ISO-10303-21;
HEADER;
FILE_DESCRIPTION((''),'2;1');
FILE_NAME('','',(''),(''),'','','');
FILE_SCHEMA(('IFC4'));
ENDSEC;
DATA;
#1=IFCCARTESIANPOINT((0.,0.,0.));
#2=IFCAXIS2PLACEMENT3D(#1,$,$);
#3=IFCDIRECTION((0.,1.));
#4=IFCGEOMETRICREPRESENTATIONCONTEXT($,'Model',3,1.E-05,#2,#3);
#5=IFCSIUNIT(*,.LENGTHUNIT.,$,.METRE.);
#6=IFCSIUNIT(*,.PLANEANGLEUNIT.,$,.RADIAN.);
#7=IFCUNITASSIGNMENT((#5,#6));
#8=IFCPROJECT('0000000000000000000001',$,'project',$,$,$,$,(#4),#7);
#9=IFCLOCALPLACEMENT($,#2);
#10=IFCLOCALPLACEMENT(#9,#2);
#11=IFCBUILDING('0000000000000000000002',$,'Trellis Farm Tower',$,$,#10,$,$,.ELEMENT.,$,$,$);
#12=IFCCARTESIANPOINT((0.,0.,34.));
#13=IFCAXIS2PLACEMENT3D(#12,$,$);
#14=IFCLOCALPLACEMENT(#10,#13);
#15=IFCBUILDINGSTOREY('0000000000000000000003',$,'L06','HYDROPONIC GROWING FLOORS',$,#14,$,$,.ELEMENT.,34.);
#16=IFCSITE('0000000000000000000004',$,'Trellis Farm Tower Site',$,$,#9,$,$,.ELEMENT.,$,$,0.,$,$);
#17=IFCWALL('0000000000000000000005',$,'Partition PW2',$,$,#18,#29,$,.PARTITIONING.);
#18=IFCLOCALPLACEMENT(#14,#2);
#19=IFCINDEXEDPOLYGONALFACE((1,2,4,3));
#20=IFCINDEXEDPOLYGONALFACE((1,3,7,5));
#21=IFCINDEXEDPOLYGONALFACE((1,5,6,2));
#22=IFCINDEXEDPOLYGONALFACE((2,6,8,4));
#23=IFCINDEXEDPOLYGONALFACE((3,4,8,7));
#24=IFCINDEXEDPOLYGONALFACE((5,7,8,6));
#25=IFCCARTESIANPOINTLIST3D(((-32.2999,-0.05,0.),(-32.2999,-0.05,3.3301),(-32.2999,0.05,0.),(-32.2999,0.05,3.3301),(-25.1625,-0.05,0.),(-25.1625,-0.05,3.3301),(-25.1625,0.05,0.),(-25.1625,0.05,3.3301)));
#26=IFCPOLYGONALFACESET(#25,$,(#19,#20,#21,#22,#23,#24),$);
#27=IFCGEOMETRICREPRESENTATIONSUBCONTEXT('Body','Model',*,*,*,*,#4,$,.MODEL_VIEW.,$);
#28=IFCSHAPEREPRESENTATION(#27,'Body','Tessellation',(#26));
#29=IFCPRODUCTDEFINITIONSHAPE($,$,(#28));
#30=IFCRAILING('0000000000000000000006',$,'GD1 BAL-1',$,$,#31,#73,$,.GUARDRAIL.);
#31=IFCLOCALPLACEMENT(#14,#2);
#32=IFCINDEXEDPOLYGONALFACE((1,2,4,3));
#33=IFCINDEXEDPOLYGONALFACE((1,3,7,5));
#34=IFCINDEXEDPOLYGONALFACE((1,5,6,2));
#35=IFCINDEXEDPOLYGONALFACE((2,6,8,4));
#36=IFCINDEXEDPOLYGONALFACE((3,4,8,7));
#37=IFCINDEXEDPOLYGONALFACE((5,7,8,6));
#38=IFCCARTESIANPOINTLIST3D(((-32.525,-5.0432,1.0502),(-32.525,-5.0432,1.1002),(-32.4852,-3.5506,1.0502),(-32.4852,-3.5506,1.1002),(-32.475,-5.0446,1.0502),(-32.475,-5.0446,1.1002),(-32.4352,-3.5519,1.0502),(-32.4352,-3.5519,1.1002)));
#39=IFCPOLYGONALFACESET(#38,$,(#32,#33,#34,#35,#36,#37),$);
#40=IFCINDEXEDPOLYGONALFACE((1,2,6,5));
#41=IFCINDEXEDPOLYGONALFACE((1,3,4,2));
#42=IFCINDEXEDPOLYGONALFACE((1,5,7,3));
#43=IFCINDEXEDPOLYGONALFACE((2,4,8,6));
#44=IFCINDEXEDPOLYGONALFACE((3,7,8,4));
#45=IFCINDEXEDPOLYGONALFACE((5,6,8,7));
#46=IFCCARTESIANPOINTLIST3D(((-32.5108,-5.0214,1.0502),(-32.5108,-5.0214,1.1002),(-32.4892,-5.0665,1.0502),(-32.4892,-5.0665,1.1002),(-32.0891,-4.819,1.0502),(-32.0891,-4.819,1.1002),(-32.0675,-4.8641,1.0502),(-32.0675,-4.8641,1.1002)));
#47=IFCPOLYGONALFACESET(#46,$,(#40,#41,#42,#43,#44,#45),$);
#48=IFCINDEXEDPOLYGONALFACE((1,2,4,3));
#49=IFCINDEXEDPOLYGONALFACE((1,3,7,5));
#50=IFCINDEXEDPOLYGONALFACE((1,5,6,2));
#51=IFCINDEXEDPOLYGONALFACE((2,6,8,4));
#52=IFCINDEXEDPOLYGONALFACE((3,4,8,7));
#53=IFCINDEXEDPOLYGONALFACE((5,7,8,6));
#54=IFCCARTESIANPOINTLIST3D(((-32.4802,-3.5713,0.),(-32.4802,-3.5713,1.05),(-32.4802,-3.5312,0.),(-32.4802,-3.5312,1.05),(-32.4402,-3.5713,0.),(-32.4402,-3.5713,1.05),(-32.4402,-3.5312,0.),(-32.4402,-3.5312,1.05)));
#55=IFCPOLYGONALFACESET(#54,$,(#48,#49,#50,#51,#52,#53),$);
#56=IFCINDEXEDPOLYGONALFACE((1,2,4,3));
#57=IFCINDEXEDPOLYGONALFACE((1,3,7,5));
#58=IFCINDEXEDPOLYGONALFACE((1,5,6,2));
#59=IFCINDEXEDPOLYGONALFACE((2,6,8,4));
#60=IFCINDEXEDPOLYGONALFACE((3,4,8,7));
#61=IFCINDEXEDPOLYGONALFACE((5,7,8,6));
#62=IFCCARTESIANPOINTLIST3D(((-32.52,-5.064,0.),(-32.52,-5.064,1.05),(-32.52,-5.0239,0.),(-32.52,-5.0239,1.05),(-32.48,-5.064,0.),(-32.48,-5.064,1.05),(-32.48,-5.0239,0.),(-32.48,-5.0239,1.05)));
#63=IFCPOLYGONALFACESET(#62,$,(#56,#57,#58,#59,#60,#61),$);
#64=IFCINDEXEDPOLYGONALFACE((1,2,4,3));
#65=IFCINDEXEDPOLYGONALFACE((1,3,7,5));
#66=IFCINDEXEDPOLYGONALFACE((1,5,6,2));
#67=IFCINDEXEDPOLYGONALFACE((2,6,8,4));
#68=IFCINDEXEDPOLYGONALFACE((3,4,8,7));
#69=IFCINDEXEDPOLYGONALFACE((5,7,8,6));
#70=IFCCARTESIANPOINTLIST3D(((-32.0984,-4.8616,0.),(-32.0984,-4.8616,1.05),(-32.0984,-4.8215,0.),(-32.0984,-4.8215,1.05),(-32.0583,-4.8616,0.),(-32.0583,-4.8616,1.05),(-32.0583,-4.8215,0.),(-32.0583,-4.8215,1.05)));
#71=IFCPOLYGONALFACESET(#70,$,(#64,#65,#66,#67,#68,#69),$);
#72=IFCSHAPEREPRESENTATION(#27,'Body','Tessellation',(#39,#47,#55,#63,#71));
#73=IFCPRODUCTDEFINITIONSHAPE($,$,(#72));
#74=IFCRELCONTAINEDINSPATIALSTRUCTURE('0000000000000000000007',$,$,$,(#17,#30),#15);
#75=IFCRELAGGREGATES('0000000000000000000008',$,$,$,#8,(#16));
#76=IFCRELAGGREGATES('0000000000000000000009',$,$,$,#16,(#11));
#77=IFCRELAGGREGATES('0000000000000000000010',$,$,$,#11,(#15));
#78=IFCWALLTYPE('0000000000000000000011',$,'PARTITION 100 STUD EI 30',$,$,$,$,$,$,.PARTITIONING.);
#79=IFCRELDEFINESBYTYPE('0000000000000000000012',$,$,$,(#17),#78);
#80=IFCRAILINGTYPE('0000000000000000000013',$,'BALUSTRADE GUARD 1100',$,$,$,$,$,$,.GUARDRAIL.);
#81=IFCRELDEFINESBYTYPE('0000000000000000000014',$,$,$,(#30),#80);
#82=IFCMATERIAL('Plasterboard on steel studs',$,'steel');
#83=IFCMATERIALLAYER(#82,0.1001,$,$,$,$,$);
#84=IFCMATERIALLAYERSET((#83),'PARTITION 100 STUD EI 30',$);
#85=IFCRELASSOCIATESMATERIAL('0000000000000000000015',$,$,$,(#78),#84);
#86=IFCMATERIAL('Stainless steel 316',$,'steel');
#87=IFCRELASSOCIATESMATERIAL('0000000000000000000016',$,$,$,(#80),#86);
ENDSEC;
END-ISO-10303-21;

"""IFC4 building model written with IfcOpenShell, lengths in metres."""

from ifc_helpers import new_model, si_unit, direction, frame, frame_2d, origin, origin_2d, place, context, subcontext, project, spatial, rectangle, extrude, source, transform, mapped, material, layer, layer_set, type_object, element, save


model = new_model("IFC4")

# Units and contexts
model_context = context("Model", 3, precision=1e-05, world=origin(), true_north=direction((0.0, 1.0)))
body_context = subcontext(model_context, "Body", "Model", "MODEL_VIEW")
ifc_project = project(units=[si_unit("LENGTHUNIT", "METRE"), si_unit("PLANEANGLEUNIT", "RADIAN")], contexts=[model_context])

# Site, building, storey
site_placement = place(None, origin())
site = spatial("IfcSite", under=ifc_project, at=site_placement, Name="Trellis Farm Tower Site", CompositionType="ELEMENT", RefElevation=0.0)
building_placement = place(site_placement, origin())
building = spatial("IfcBuilding", under=site, at=building_placement, Name="Trellis Farm Tower", CompositionType="ELEMENT")
storey_placement = place(building_placement, frame((0.0, 0.0, 34.0)))
storey = spatial("IfcBuildingStorey", under=building, at=storey_placement, Name="L06", Description="HYDROPONIC GROWING FLOORS", CompositionType="ELEMENT", Elevation=34.0)

# Wall
ifc_material_1 = material(Name="Plasterboard on steel studs", Category="steel")
ifc_layer_1 = layer(ifc_material_1, 0.1001)
ifc_layer_set_1 = layer_set([ifc_layer_1], Name="PARTITION 100 STUD EI 30")
wall_type_1 = type_object("IfcWallType", Name="PARTITION 100 STUD EI 30", PredefinedType="PARTITIONING", material=ifc_layer_set_1)
shared_shape_1 = source(origin(), body_context, "Body", "SweptSolid", [
    extrude(rectangle(XDim=7.1375, YDim=0.1001, at=frame_2d((3.5688, 0.0))), origin(), (0.0, 0.0, 1.0), 3.3301),
])
wall_1_placement = place(storey_placement, frame((-32.3, 0.0, 0.0), z_axis=(0.0, 0.0, 1.0), x_axis=(1.0, 0.0, 0.0)))
element("IfcWall", 1, at=wall_1_placement, inside=storey, type_object=wall_type_1, Name="Partition PW2", PredefinedType="PARTITIONING", context=body_context, shape_type="MappedRepresentation", body=[
    mapped(shared_shape_1, transform((0.0, 0.0, 0.0))),
])

# Railing
ifc_material_2 = material(Name="Stainless steel 316", Category="steel")
railing_type = type_object("IfcRailingType", Name="BALUSTRADE GUARD 1100", PredefinedType="GUARDRAIL", material=ifc_material_2)
shared_shape_2 = source(origin(), body_context, "Body", "SweptSolid", [
    extrude(rectangle(XDim=0.05, YDim=0.05, at=origin_2d()), frame((0.0, 0.0, 1.0752), z_axis=(-0.026651, -0.999645, 0.0), x_axis=(0.999645, -0.026651, 0.0)), (0.0, 0.0, 1.0), 1.4932),
    extrude(rectangle(XDim=0.05, YDim=0.05, at=origin_2d()), frame((-0.0398, -1.4927, 1.0752), z_axis=(0.901515, 0.432748, 0.0), x_axis=(-0.432748, 0.901515, 0.0)), (0.0, 0.0, 1.0), 0.4678),
    extrude(rectangle(XDim=0.04, YDim=0.04, at=origin_2d()), origin(), (0.0, 0.0, 1.0), 1.05),
    extrude(rectangle(XDim=0.04, YDim=0.04, at=origin_2d()), frame((-0.0398, -1.4927, 0.0)), (0.0, 0.0, 1.0), 1.05),
    extrude(rectangle(XDim=0.04, YDim=0.04, at=origin_2d()), frame((0.3818, -1.2903, 0.0)), (0.0, 0.0, 1.0), 1.05),
])
railing_placement = place(storey_placement, frame((-32.4602, -3.5513, 0.0)))
element("IfcRailing", 2, at=railing_placement, inside=storey, type_object=railing_type, Name="GD1 BAL-1", PredefinedType="GUARDRAIL", context=body_context, shape_type="MappedRepresentation", body=[
    mapped(shared_shape_2, transform((0.0, 0.0, 0.0))),
])

save(model, "model.ifc")
